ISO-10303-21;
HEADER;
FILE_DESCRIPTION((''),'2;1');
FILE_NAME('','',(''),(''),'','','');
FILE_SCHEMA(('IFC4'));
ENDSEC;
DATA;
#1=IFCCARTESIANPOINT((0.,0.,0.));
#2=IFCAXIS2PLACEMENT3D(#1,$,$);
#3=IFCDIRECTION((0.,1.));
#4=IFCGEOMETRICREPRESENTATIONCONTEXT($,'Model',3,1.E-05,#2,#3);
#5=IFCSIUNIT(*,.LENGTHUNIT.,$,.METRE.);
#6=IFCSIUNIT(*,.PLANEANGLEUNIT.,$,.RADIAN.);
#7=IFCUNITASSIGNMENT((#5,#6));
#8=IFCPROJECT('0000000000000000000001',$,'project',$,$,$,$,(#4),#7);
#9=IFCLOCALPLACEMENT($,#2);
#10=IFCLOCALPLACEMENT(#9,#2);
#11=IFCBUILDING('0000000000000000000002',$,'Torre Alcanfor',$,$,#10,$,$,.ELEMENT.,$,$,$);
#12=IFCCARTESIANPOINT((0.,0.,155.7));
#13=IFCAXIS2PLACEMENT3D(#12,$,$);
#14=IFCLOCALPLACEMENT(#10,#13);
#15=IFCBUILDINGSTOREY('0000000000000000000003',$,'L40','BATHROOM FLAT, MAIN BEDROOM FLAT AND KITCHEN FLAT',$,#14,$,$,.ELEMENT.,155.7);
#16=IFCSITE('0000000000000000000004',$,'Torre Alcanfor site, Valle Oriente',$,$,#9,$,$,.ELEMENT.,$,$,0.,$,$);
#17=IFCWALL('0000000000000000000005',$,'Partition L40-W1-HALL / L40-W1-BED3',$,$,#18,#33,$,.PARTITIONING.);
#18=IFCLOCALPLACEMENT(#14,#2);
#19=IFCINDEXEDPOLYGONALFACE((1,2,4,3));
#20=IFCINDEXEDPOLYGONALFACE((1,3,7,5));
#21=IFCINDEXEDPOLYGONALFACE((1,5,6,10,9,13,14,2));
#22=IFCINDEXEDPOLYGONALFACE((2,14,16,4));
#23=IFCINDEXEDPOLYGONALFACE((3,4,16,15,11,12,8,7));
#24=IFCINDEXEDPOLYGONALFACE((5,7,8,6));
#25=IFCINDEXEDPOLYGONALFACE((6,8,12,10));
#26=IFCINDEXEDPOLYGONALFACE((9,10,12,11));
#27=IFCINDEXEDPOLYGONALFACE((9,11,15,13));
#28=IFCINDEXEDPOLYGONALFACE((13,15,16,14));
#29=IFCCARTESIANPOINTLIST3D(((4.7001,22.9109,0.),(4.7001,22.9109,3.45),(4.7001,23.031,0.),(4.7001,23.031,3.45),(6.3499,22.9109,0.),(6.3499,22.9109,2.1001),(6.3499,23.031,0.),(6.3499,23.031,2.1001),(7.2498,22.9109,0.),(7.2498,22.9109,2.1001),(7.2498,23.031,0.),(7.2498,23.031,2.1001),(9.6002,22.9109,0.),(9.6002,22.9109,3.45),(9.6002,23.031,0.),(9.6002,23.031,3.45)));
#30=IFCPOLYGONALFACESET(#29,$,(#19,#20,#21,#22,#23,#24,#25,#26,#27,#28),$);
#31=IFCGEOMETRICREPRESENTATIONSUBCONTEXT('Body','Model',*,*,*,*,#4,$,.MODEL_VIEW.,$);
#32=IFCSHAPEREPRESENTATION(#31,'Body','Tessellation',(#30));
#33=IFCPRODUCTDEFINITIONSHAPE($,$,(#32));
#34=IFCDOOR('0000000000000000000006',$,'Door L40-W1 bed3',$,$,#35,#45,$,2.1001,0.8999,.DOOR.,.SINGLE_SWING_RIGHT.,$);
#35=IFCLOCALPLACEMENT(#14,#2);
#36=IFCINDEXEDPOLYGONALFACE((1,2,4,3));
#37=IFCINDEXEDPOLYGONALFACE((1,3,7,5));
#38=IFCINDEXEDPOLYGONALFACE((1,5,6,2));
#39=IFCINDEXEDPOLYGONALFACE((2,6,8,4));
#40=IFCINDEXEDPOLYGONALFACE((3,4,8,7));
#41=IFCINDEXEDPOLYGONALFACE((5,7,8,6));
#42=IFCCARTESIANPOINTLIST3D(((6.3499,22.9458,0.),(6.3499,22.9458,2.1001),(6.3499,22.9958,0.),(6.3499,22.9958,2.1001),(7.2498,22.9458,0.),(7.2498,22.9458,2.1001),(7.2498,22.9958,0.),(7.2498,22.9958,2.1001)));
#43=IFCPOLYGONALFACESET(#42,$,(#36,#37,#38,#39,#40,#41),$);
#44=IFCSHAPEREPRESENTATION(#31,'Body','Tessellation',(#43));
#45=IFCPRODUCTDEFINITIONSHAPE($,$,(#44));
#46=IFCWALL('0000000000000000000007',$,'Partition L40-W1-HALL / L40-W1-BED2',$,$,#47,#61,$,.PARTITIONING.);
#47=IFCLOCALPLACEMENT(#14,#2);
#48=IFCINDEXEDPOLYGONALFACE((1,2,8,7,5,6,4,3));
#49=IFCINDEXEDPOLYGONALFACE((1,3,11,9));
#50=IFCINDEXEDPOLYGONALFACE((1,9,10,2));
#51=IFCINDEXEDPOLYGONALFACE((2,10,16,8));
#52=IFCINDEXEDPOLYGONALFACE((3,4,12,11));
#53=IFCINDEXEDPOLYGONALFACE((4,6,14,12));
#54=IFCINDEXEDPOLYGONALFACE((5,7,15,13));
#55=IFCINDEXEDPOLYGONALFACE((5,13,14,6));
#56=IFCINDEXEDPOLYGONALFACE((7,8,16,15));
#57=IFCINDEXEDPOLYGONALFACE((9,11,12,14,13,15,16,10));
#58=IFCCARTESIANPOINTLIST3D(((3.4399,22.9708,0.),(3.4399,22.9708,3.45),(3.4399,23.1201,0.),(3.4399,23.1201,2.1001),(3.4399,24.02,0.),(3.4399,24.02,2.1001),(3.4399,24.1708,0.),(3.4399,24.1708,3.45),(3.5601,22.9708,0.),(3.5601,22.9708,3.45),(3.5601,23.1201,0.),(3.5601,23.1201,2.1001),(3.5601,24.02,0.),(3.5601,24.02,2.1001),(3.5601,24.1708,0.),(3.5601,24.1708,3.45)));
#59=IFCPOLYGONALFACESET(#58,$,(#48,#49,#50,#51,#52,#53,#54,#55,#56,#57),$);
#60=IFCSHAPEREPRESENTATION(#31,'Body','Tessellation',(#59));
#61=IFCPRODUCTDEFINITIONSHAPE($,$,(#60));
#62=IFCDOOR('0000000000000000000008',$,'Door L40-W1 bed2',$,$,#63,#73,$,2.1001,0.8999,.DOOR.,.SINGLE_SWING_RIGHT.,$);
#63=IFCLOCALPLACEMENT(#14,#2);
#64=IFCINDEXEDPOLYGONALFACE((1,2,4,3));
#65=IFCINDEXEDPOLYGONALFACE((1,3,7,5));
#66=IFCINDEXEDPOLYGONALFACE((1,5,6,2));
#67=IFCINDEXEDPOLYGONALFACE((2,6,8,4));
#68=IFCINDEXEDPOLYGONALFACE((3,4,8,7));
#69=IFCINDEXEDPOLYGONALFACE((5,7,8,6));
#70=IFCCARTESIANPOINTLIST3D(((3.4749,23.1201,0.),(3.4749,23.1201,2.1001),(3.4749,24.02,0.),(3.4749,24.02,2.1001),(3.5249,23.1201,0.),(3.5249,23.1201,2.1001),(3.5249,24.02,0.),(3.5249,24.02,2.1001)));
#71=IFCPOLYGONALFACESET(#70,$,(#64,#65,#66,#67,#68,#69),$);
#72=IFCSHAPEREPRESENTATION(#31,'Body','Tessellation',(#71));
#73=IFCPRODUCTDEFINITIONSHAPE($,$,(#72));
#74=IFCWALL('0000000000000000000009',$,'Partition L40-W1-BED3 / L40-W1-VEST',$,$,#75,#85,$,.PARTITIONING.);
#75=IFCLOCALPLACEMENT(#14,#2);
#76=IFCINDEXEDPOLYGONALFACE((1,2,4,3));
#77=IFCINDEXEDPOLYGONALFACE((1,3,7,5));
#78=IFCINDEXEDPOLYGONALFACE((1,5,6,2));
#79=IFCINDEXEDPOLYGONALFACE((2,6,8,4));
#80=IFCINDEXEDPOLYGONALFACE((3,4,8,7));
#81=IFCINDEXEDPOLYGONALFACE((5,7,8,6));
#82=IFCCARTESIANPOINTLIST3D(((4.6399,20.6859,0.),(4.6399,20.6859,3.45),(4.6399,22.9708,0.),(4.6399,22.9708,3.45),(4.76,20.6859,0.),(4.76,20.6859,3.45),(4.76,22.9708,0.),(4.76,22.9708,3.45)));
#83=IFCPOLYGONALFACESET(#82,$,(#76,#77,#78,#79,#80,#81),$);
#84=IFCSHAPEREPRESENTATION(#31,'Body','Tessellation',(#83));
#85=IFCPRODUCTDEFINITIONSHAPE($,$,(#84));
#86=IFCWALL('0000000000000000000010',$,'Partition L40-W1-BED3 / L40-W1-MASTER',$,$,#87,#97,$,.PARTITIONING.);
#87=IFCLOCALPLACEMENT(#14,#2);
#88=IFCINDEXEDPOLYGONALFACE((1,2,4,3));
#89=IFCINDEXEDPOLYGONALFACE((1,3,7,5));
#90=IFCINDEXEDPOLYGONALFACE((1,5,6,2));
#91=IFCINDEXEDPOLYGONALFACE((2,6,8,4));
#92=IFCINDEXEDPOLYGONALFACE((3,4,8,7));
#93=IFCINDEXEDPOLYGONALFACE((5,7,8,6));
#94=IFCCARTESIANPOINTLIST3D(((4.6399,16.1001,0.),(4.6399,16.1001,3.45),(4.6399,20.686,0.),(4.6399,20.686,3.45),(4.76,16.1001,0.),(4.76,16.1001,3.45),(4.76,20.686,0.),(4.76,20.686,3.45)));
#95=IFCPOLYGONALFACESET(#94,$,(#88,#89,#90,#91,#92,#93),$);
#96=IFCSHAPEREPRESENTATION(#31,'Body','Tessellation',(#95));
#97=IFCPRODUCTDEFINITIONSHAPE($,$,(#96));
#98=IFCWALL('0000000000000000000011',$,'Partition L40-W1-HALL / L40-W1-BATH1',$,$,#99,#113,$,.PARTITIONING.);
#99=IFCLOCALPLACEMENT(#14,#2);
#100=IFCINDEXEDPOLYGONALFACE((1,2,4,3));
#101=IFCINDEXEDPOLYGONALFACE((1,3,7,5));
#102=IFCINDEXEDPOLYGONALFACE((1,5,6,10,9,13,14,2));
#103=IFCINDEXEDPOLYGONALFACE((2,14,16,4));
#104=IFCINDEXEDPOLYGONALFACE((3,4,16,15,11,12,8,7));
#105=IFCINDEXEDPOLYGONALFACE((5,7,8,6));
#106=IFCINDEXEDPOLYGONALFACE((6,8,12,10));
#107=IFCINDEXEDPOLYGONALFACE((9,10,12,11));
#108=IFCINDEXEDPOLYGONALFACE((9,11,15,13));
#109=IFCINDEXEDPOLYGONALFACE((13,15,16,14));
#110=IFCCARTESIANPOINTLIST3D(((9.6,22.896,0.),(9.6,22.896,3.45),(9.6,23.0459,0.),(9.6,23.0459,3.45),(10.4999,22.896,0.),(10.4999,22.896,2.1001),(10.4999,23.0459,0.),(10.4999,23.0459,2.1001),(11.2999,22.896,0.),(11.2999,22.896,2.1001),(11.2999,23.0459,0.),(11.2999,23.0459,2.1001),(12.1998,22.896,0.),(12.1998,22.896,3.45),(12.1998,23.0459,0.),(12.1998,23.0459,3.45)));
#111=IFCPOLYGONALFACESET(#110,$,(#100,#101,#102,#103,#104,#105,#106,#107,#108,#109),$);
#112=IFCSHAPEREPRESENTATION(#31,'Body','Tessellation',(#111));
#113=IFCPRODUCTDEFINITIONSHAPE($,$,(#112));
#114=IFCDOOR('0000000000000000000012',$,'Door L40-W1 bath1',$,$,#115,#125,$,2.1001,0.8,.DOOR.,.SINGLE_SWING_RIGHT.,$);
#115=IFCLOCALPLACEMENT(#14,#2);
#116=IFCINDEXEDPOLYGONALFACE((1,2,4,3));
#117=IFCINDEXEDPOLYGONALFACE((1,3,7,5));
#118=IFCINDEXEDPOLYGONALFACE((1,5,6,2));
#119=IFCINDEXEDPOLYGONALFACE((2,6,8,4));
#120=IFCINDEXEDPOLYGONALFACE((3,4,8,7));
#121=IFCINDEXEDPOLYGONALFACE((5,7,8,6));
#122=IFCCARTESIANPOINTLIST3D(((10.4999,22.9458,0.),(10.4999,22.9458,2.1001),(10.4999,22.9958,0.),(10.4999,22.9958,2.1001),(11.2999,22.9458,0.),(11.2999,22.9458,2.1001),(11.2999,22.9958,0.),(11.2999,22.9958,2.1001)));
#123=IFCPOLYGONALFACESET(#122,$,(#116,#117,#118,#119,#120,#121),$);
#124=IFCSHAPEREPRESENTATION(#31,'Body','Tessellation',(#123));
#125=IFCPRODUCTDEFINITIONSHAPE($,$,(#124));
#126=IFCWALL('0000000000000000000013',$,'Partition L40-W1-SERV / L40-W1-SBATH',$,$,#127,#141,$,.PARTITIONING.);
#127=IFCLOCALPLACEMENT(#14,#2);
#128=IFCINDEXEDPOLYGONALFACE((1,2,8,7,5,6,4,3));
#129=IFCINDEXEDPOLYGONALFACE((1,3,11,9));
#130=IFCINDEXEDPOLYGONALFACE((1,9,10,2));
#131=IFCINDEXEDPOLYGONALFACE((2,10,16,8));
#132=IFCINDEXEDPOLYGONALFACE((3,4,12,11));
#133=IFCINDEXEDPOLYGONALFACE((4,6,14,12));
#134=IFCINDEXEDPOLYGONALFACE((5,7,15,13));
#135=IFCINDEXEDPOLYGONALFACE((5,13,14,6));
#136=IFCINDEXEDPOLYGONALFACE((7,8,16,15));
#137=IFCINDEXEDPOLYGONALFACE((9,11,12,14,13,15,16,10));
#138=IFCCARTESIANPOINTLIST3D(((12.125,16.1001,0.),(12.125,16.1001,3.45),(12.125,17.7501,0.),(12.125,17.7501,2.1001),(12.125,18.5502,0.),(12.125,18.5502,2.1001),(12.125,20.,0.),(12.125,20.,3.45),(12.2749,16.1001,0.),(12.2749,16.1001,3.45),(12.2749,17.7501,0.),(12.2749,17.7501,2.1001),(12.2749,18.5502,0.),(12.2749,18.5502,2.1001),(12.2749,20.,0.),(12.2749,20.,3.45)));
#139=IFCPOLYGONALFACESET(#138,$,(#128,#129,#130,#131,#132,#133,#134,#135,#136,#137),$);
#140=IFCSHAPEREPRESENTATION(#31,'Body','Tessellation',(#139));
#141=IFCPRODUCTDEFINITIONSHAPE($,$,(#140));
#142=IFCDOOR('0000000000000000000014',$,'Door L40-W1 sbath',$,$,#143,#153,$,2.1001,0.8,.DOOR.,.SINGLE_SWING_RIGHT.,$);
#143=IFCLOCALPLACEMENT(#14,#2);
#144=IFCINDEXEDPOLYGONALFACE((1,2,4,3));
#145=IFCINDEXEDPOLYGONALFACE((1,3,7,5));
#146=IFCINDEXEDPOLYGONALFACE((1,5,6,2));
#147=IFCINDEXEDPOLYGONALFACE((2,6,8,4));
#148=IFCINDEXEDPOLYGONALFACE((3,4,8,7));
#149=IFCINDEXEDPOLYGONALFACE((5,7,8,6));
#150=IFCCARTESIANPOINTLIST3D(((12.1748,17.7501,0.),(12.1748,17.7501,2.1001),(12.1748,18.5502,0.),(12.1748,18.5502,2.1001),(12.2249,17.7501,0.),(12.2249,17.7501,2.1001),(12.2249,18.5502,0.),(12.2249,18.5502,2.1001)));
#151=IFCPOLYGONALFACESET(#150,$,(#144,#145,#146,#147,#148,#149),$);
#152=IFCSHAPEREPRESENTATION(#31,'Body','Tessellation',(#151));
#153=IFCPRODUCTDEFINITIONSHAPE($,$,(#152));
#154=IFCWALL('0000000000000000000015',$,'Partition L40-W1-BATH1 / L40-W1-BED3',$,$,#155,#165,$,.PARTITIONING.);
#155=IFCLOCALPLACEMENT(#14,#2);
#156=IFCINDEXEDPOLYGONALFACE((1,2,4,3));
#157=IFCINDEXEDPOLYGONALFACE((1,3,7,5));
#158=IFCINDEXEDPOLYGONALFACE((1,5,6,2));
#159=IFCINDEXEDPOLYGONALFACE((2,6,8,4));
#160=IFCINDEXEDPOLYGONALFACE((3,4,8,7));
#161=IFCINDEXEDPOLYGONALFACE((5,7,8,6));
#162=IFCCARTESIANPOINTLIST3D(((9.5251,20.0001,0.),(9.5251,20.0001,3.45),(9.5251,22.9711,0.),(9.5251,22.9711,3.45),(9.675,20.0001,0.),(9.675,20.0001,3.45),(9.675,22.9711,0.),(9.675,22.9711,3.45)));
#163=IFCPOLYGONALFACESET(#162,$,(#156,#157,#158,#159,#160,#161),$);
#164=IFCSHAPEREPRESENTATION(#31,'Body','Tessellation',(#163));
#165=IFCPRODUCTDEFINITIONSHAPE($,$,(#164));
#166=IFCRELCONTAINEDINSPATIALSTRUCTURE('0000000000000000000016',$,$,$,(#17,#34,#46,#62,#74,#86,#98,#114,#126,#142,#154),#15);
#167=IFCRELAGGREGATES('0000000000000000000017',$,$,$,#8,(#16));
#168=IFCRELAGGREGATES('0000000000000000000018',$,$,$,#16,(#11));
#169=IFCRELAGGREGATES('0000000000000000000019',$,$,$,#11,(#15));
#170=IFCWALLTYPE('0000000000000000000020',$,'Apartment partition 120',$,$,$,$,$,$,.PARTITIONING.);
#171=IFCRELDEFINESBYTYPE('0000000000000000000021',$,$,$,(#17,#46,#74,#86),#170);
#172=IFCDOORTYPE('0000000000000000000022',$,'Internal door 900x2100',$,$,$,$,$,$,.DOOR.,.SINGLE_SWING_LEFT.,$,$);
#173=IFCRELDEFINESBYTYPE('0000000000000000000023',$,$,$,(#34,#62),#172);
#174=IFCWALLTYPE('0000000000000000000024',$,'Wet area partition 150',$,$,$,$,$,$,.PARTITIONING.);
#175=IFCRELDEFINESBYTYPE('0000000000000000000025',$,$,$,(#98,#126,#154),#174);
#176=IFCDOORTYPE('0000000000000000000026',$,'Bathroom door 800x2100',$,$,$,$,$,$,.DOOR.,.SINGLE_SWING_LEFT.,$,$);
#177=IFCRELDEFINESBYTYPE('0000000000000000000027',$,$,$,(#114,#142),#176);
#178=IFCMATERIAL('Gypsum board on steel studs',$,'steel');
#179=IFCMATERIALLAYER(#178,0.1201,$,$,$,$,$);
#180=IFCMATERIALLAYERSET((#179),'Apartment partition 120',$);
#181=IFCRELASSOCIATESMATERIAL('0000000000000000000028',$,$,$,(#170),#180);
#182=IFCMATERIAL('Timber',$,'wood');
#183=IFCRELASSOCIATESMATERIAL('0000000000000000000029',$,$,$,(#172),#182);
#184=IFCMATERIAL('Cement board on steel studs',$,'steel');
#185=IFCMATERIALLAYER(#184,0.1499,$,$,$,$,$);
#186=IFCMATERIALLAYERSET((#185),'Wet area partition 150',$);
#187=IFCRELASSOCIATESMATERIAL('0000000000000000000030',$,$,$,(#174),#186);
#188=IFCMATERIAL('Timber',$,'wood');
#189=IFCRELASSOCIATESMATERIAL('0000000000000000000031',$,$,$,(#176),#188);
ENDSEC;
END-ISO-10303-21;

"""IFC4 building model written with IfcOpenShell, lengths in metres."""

from ifc_helpers import new_model, si_unit, direction, frame, frame_2d, origin, place, context, subcontext, project, spatial, rectangle, extrude, material, layer, layer_set, type_object, element, fill, save


model = new_model("IFC4")

# Units and contexts
model_context = context("Model", 3, precision=1e-05, world=origin(), true_north=direction((0.0, 1.0)))
body_context = subcontext(model_context, "Body", "Model", "MODEL_VIEW")
ifc_project = project(units=[si_unit("LENGTHUNIT", "METRE"), si_unit("PLANEANGLEUNIT", "RADIAN")], contexts=[model_context])

# Site, building, storey
site_placement = place(None, origin())
site = spatial("IfcSite", under=ifc_project, at=site_placement, Name="Torre Alcanfor site, Valle Oriente", CompositionType="ELEMENT", RefElevation=0.0)
building_placement = place(site_placement, origin())
building = spatial("IfcBuilding", under=site, at=building_placement, Name="Torre Alcanfor", CompositionType="ELEMENT")
storey_placement = place(building_placement, frame((0.0, 0.0, 155.7)))
storey = spatial("IfcBuildingStorey", under=building, at=storey_placement, Name="L40", Description="BATHROOM FLAT, MAIN BEDROOM FLAT AND KITCHEN FLAT", CompositionType="ELEMENT", Elevation=155.7)

# Shared definitions
ifc_material_1 = material(Name="Gypsum board on steel studs", Category="steel")
ifc_layer_1 = layer(ifc_material_1, 0.1201)
ifc_layer_set_1 = layer_set([ifc_layer_1], Name="Apartment partition 120")
wall_type_1 = type_object("IfcWallType", Name="Apartment partition 120", PredefinedType="PARTITIONING", material=ifc_layer_set_1)
ifc_material_2 = material(Name="Timber", Category="wood")
door_type_1 = type_object("IfcDoorType", Name="Internal door 900x2100", OperationType="SINGLE_SWING_LEFT", PredefinedType="DOOR", material=ifc_material_2)

# Walls, openings, doors
wall_1_placement = place(storey_placement, frame((4.7, 22.9709, 0.0), z_axis=(0.0, 0.0, 1.0), x_axis=(1.0, 0.0, 0.0)))
wall_1 = element("IfcWall", 1, at=wall_1_placement, inside=storey, type_object=wall_type_1, Name="Partition L40-W1-HALL / L40-W1-BED3", PredefinedType="PARTITIONING", context=body_context, shape_type="SweptSolid", body=[
    extrude(rectangle(XDim=4.9001, YDim=0.1201, at=frame_2d((2.4502, 0.0))), origin(), (0.0, 0.0, 1.0), 3.45),
])
opening_1_placement = place(wall_1_placement, frame((1.6499, 0.0, 0.0)))
opening_1 = element("IfcOpeningElement", 2, at=opening_1_placement, cuts=wall_1, PredefinedType="OPENING", context=body_context, shape_type="SweptSolid", body=[
    extrude(rectangle(XDim=0.8999, YDim=2.1001, at=frame_2d((0.45, 1.05))), frame((0.0, 0.0701, 0.0), z_axis=(0.0, -1.0, 0.0), x_axis=(1.0, 0.0, 0.0)), (0.0, 0.0, 1.0), 0.1401),
])
door_1_placement = place(opening_1_placement, frame((0.8999, 0.0, 0.0), z_axis=(0.0, 0.0, 1.0), x_axis=(-1.0, 0.0, 0.0)))
door_1 = element("IfcDoor", 3, at=door_1_placement, inside=storey, type_object=door_type_1, Name="Door L40-W1 bed3", OperationType="SINGLE_SWING_RIGHT", OverallHeight=2.1001, OverallWidth=0.8999, PredefinedType="DOOR", context=body_context, shape_type="SweptSolid", body=[
    extrude(rectangle(XDim=0.8999, YDim=2.1001, at=frame_2d((0.45, 1.05))), frame((0.0, 0.0251, 0.0), z_axis=(0.0, -1.0, 0.0), x_axis=(1.0, 0.0, 0.0)), (0.0, 0.0, 1.0), 0.05),
])
fill(opening_1, door_1)
wall_2_placement = place(storey_placement, frame((3.5, 24.1709, 0.0), z_axis=(0.0, 0.0, 1.0), x_axis=(0.0, -1.0, 0.0)))
wall_2 = element("IfcWall", 4, at=wall_2_placement, inside=storey, type_object=wall_type_1, Name="Partition L40-W1-HALL / L40-W1-BED2", PredefinedType="PARTITIONING", context=body_context, shape_type="SweptSolid", body=[
    extrude(rectangle(XDim=1.2, YDim=0.1201, at=frame_2d((0.6001, 0.0))), origin(), (0.0, 0.0, 1.0), 3.45),
])
opening_2_placement = place(wall_2_placement, frame((0.1509, 0.0, 0.0)))
opening_2 = element("IfcOpeningElement", 5, at=opening_2_placement, cuts=wall_2, PredefinedType="OPENING", context=body_context, shape_type="SweptSolid", body=[
    extrude(rectangle(XDim=0.8999, YDim=2.1001, at=frame_2d((0.45, 1.05))), frame((0.0, 0.0701, 0.0), z_axis=(0.0, -1.0, 0.0), x_axis=(1.0, 0.0, 0.0)), (0.0, 0.0, 1.0), 0.1401),
])
door_2_placement = place(opening_2_placement, frame((0.8999, 0.0, 0.0), z_axis=(0.0, 0.0, 1.0), x_axis=(-1.0, 0.0, 0.0)))
door_2 = element("IfcDoor", 6, at=door_2_placement, inside=storey, type_object=door_type_1, Name="Door L40-W1 bed2", OperationType="SINGLE_SWING_RIGHT", OverallHeight=2.1001, OverallWidth=0.8999, PredefinedType="DOOR", context=body_context, shape_type="SweptSolid", body=[
    extrude(rectangle(XDim=0.8999, YDim=2.1001, at=frame_2d((0.45, 1.05))), frame((0.0, 0.0251, 0.0), z_axis=(0.0, -1.0, 0.0), x_axis=(1.0, 0.0, 0.0)), (0.0, 0.0, 1.0), 0.05),
])
fill(opening_2, door_2)

# Walls
wall_3_placement = place(storey_placement, frame((4.7, 22.9709, 0.0), z_axis=(0.0, 0.0, 1.0), x_axis=(0.0, -1.0, 0.0)))
element("IfcWall", 7, at=wall_3_placement, inside=storey, type_object=wall_type_1, Name="Partition L40-W1-BED3 / L40-W1-VEST", PredefinedType="PARTITIONING", context=body_context, shape_type="SweptSolid", body=[
    extrude(rectangle(XDim=2.2849, YDim=0.1201, at=frame_2d((1.1426, 0.0))), origin(), (0.0, 0.0, 1.0), 3.45),
])
wall_4_placement = place(storey_placement, frame((4.7, 20.686, 0.0), z_axis=(0.0, 0.0, 1.0), x_axis=(0.0, -1.0, 0.0)))
element("IfcWall", 8, at=wall_4_placement, inside=storey, type_object=wall_type_1, Name="Partition L40-W1-BED3 / L40-W1-MASTER", PredefinedType="PARTITIONING", context=body_context, shape_type="SweptSolid", body=[
    extrude(rectangle(XDim=4.5859, YDim=0.1201, at=frame_2d((2.293, 0.0))), origin(), (0.0, 0.0, 1.0), 3.45),
])

# Walls, openings, doors
ifc_material_3 = material(Name="Cement board on steel studs", Category="steel")
ifc_layer_2 = layer(ifc_material_3, 0.1499)
ifc_layer_set_2 = layer_set([ifc_layer_2], Name="Wet area partition 150")
wall_type_2 = type_object("IfcWallType", Name="Wet area partition 150", PredefinedType="PARTITIONING", material=ifc_layer_set_2)
wall_5_placement = place(storey_placement, frame((9.6001, 22.9709, 0.0), z_axis=(0.0, 0.0, 1.0), x_axis=(1.0, 0.0, 0.0)))
wall_5 = element("IfcWall", 9, at=wall_5_placement, inside=storey, type_object=wall_type_2, Name="Partition L40-W1-HALL / L40-W1-BATH1", PredefinedType="PARTITIONING", context=body_context, shape_type="SweptSolid", body=[
    extrude(rectangle(XDim=2.5999, YDim=0.1499, at=frame_2d((1.2998, 0.0))), origin(), (0.0, 0.0, 1.0), 3.45),
])
opening_3_placement = place(wall_5_placement, frame((0.8999, 0.0, 0.0)))
opening_3 = element("IfcOpeningElement", 10, at=opening_3_placement, cuts=wall_5, PredefinedType="OPENING", context=body_context, shape_type="SweptSolid", body=[
    extrude(rectangle(XDim=0.8, YDim=2.1001, at=frame_2d((0.3999, 1.05))), frame((0.0, 0.085, 0.0), z_axis=(0.0, -1.0, 0.0), x_axis=(1.0, 0.0, 0.0)), (0.0, 0.0, 1.0), 0.1699),
])
ifc_material_4 = material(Name="Timber", Category="wood")
door_type_2 = type_object("IfcDoorType", Name="Bathroom door 800x2100", OperationType="SINGLE_SWING_LEFT", PredefinedType="DOOR", material=ifc_material_4)
door_3_placement = place(opening_3_placement, frame((0.8, 0.0, 0.0), z_axis=(0.0, 0.0, 1.0), x_axis=(-1.0, 0.0, 0.0)))
door_3 = element("IfcDoor", 11, at=door_3_placement, inside=storey, type_object=door_type_2, Name="Door L40-W1 bath1", OperationType="SINGLE_SWING_RIGHT", OverallHeight=2.1001, OverallWidth=0.8, PredefinedType="DOOR", context=body_context, shape_type="SweptSolid", body=[
    extrude(rectangle(XDim=0.8, YDim=2.1001, at=frame_2d((0.4001, 1.05))), frame((0.0, 0.0251, 0.0), z_axis=(0.0, -1.0, 0.0), x_axis=(1.0, 0.0, 0.0)), (0.0, 0.0, 1.0), 0.05),
])
fill(opening_3, door_3)
wall_6_placement = place(storey_placement, frame((12.2, 20.0, 0.0), z_axis=(0.0, 0.0, 1.0), x_axis=(0.0, -1.0, 0.0)))
wall_6 = element("IfcWall", 12, at=wall_6_placement, inside=storey, type_object=wall_type_2, Name="Partition L40-W1-SERV / L40-W1-SBATH", PredefinedType="PARTITIONING", context=body_context, shape_type="SweptSolid", body=[
    extrude(rectangle(XDim=3.8999, YDim=0.1499, at=frame_2d((1.95, 0.0))), origin(), (0.0, 0.0, 1.0), 3.45),
])
opening_4_placement = place(wall_6_placement, frame((1.45, 0.0, 0.0)))
opening_4 = element("IfcOpeningElement", 13, at=opening_4_placement, cuts=wall_6, PredefinedType="OPENING", context=body_context, shape_type="SweptSolid", body=[
    extrude(rectangle(XDim=0.8, YDim=2.1001, at=frame_2d((0.3999, 1.05))), frame((0.0, 0.085, 0.0), z_axis=(0.0, -1.0, 0.0), x_axis=(1.0, 0.0, 0.0)), (0.0, 0.0, 1.0), 0.1699),
])
door_4_placement = place(opening_4_placement, frame((0.8, 0.0, 0.0), z_axis=(0.0, 0.0, 1.0), x_axis=(-1.0, 0.0, 0.0)))
door_4 = element("IfcDoor", 14, at=door_4_placement, inside=storey, type_object=door_type_2, Name="Door L40-W1 sbath", OperationType="SINGLE_SWING_RIGHT", OverallHeight=2.1001, OverallWidth=0.8, PredefinedType="DOOR", context=body_context, shape_type="SweptSolid", body=[
    extrude(rectangle(XDim=0.8, YDim=2.1001, at=frame_2d((0.4001, 1.05))), frame((0.0, 0.0251, 0.0), z_axis=(0.0, -1.0, 0.0), x_axis=(1.0, 0.0, 0.0)), (0.0, 0.0, 1.0), 0.05),
])
fill(opening_4, door_4)

# Wall
wall_7_placement = place(storey_placement, frame((9.6001, 22.9709, 0.0), z_axis=(0.0, 0.0, 1.0), x_axis=(0.0, -1.0, 0.0)))
element("IfcWall", 15, at=wall_7_placement, inside=storey, type_object=wall_type_2, Name="Partition L40-W1-BATH1 / L40-W1-BED3", PredefinedType="PARTITIONING", context=body_context, shape_type="SweptSolid", body=[
    extrude(rectangle(XDim=2.9709, YDim=0.1499, at=frame_2d((1.4854, 0.0))), origin(), (0.0, 0.0, 1.0), 3.45),
])

save(model, "model.ifc")
